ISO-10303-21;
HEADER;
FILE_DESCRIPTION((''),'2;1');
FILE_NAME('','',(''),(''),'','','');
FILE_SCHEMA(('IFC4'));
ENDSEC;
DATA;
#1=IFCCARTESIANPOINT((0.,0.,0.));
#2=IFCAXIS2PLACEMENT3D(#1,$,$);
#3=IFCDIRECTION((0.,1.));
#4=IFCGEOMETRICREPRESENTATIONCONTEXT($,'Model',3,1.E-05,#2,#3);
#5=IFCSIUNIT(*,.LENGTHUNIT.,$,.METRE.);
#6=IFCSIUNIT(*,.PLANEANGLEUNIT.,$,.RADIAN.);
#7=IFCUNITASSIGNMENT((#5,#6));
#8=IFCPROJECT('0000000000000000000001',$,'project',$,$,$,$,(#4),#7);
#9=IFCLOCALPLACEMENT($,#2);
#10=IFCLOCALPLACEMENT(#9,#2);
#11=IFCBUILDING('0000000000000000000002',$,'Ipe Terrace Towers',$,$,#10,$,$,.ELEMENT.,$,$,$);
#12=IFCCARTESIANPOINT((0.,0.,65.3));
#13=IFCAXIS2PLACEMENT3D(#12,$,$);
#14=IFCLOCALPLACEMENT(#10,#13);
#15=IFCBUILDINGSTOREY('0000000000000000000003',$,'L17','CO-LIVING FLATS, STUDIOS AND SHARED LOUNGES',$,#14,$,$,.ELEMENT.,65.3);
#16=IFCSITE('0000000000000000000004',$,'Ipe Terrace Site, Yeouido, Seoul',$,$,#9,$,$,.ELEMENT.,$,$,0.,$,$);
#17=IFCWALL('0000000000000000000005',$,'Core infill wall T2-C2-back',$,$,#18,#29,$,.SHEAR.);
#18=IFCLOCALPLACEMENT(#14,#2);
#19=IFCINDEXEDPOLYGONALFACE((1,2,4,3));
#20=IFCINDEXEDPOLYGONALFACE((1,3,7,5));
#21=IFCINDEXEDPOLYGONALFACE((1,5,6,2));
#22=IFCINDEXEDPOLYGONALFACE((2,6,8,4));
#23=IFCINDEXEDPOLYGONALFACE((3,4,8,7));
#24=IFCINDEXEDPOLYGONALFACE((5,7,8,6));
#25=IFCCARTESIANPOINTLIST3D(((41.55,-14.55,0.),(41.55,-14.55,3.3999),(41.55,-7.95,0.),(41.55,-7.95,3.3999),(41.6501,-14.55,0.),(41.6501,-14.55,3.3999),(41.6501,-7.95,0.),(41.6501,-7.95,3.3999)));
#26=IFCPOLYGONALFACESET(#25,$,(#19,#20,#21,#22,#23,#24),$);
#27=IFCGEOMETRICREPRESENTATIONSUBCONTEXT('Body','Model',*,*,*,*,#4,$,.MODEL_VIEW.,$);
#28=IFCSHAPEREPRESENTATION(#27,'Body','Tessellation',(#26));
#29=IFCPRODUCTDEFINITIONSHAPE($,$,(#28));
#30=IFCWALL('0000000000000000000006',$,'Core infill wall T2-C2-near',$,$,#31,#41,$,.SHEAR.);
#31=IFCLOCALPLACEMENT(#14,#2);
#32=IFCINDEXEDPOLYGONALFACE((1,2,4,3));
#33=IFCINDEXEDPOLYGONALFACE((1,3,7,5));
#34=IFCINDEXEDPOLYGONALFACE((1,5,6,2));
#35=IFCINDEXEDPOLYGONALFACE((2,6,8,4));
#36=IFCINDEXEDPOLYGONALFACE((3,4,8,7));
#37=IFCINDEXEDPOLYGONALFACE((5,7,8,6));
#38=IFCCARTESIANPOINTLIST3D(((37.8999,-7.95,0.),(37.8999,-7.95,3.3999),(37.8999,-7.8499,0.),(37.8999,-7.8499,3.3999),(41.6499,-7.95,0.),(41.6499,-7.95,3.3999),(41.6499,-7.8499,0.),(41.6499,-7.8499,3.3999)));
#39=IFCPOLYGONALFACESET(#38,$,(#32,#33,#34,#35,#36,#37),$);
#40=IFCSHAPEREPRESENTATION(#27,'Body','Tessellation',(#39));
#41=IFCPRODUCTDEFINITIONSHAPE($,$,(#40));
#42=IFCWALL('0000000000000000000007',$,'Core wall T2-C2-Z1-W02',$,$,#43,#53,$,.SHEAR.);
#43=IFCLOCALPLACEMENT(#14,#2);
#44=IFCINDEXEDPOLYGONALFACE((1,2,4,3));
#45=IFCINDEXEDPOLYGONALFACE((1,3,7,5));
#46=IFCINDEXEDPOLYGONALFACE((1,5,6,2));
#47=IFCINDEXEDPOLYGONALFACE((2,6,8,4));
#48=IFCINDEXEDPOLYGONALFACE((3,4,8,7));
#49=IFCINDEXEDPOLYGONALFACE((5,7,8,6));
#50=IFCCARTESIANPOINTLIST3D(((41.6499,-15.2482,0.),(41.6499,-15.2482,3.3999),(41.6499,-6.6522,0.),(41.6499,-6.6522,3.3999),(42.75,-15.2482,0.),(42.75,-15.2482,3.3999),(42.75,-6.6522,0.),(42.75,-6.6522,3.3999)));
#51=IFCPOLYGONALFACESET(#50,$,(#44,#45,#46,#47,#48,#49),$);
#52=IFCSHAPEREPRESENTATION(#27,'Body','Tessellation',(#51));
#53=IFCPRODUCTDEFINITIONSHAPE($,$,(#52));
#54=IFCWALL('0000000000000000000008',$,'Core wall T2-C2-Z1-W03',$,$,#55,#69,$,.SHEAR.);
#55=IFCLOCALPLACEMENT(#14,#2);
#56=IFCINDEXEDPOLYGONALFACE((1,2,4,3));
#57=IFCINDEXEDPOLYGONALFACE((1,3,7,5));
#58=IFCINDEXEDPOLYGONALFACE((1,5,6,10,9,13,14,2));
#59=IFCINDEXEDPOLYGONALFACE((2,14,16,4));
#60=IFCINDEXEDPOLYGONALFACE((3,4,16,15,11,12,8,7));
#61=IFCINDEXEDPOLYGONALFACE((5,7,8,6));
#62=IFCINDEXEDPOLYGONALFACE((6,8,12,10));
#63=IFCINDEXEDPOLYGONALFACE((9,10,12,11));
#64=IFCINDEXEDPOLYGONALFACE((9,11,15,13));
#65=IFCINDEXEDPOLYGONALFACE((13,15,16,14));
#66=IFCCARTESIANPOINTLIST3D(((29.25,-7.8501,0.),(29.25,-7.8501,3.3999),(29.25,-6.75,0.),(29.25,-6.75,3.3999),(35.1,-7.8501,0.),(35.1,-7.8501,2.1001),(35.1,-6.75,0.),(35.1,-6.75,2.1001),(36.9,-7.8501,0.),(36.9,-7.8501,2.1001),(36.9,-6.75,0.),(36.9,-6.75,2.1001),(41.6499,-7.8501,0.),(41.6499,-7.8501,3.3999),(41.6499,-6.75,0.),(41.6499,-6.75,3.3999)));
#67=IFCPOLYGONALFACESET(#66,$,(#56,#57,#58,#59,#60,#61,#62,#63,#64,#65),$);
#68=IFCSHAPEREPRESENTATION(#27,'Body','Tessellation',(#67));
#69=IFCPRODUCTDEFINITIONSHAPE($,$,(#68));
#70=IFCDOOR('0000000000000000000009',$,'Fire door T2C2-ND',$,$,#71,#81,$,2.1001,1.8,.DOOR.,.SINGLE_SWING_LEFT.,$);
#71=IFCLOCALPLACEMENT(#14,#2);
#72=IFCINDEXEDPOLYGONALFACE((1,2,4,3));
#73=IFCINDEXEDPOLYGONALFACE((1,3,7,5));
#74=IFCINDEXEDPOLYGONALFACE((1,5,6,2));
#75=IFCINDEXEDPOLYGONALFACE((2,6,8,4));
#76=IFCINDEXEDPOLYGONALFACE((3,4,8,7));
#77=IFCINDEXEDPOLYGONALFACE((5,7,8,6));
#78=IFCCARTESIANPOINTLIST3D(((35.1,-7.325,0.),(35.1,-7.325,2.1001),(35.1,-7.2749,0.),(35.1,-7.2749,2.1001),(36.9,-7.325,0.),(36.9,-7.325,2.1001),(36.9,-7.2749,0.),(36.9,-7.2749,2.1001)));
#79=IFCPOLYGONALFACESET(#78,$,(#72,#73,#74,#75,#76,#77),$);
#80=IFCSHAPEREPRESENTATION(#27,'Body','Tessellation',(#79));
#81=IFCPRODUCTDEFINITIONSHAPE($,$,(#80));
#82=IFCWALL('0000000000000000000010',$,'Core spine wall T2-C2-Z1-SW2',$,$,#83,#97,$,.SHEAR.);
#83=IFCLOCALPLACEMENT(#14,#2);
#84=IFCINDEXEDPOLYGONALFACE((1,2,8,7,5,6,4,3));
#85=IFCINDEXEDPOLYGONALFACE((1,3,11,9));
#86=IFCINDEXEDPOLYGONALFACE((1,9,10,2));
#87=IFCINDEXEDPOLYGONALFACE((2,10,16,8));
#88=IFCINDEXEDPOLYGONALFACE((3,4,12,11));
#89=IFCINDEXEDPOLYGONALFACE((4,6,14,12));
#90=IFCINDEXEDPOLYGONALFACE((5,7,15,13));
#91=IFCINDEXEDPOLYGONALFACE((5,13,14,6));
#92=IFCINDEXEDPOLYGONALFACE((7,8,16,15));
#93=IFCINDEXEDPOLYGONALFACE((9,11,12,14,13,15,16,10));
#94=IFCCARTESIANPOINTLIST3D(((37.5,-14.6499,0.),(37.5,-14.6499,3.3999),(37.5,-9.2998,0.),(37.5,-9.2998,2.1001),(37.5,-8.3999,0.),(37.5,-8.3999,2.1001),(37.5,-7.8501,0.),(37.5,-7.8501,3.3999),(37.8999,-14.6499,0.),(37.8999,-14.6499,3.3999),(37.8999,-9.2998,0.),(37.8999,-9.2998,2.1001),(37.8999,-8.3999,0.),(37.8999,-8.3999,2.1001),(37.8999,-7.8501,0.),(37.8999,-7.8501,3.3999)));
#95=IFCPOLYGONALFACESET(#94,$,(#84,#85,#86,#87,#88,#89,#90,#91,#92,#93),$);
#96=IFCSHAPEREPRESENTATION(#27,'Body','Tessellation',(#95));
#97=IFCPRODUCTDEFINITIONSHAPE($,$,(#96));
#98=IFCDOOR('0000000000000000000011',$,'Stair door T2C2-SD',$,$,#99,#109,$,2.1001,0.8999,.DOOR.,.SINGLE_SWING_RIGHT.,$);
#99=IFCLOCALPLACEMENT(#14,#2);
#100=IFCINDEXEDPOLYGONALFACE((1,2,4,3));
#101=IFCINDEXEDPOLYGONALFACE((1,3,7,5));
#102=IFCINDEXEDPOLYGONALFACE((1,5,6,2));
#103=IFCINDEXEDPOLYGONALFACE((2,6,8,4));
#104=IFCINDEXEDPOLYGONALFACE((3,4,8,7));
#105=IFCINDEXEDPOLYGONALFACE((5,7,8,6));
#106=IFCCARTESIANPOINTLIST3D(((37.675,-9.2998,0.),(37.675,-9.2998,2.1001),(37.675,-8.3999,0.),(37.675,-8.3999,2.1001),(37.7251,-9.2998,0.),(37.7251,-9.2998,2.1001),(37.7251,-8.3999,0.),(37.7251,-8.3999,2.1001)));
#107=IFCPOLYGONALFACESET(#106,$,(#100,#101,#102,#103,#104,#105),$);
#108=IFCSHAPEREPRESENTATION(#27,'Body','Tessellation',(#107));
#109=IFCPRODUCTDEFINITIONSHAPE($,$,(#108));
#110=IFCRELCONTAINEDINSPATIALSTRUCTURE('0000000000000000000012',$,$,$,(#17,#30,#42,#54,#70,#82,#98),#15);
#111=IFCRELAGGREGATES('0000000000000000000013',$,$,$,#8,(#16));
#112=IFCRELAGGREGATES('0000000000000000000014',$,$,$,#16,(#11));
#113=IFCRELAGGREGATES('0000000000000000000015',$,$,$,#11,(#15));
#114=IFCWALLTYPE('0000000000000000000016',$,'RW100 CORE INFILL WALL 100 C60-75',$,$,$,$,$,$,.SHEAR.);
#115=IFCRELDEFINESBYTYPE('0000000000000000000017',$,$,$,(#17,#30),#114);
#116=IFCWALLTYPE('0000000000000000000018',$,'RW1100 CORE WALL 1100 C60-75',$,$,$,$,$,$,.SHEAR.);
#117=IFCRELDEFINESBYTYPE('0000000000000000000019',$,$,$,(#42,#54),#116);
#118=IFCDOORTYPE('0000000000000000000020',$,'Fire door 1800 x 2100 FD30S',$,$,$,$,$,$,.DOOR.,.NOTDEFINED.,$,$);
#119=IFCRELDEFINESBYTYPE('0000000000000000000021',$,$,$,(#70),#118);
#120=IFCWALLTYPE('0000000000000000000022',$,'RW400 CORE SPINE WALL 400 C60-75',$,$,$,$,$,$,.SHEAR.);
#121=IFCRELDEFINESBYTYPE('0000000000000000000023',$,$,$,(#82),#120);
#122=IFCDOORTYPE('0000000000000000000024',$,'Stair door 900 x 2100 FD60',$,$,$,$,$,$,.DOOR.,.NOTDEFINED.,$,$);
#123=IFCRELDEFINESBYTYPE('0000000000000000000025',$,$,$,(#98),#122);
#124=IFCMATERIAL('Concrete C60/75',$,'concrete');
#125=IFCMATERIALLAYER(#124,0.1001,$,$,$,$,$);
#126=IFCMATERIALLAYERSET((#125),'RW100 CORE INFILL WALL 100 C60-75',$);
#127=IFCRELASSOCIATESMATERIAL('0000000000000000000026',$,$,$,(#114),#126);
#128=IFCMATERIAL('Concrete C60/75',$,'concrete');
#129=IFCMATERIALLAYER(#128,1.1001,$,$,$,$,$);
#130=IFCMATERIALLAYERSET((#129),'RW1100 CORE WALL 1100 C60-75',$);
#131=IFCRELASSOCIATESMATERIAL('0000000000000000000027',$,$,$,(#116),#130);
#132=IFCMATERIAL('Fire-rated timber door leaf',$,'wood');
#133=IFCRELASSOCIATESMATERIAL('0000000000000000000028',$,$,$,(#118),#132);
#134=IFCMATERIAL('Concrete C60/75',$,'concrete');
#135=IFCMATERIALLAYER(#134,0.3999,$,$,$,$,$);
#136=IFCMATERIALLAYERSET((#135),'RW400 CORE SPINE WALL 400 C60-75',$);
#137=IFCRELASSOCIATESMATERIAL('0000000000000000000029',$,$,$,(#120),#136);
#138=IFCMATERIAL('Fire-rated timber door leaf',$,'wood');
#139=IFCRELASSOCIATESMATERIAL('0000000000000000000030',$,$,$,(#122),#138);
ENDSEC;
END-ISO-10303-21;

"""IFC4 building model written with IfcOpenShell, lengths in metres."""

from ifc_helpers import new_model, si_unit, direction, frame, frame_2d, origin, place, context, subcontext, project, spatial, rectangle, extrude, material, layer, layer_set, type_object, element, fill, save


model = new_model("IFC4")

# Units and contexts
model_context = context("Model", 3, precision=1e-05, world=origin(), true_north=direction((0.0, 1.0)))
body_context = subcontext(model_context, "Body", "Model", "MODEL_VIEW")
ifc_project = project(units=[si_unit("LENGTHUNIT", "METRE"), si_unit("PLANEANGLEUNIT", "RADIAN")], contexts=[model_context])

# Site, building, storey
site_placement = place(None, origin())
site = spatial("IfcSite", under=ifc_project, at=site_placement, Name="Ipe Terrace Site, Yeouido, Seoul", CompositionType="ELEMENT", RefElevation=0.0)
building_placement = place(site_placement, origin())
building = spatial("IfcBuilding", under=site, at=building_placement, Name="Ipe Terrace Towers", CompositionType="ELEMENT")
storey_placement = place(building_placement, frame((0.0, 0.0, 65.3)))
storey = spatial("IfcBuildingStorey", under=building, at=storey_placement, Name="L17", Description="CO-LIVING FLATS, STUDIOS AND SHARED LOUNGES", CompositionType="ELEMENT", Elevation=65.3)

# Walls
ifc_material_1 = material(Name="Concrete C60/75", Category="concrete")
ifc_layer_1 = layer(ifc_material_1, 0.1001)
ifc_layer_set_1 = layer_set([ifc_layer_1], Name="RW100 CORE INFILL WALL 100 C60-75")
wall_type_1 = type_object("IfcWallType", Name="RW100 CORE INFILL WALL 100 C60-75", PredefinedType="SHEAR", material=ifc_layer_set_1)
wall_1_placement = place(storey_placement, frame((41.6001, -7.95, 0.0), z_axis=(0.0, 0.0, 1.0), x_axis=(0.0, -1.0, 0.0)))
element("IfcWall", 1, at=wall_1_placement, inside=storey, type_object=wall_type_1, Name="Core infill wall T2-C2-back", PredefinedType="SHEAR", context=body_context, shape_type="SweptSolid", body=[
    extrude(rectangle(XDim=6.6001, YDim=0.1001, at=frame_2d((3.3, 0.0))), origin(), (0.0, 0.0, 1.0), 3.3999),
])
wall_2_placement = place(storey_placement, frame((37.8999, -7.8999, 0.0), z_axis=(0.0, 0.0, 1.0), x_axis=(1.0, 0.0, 0.0)))
element("IfcWall", 2, at=wall_2_placement, inside=storey, type_object=wall_type_1, Name="Core infill wall T2-C2-near", PredefinedType="SHEAR", context=body_context, shape_type="SweptSolid", body=[
    extrude(rectangle(XDim=3.75, YDim=0.1001, at=frame_2d((1.875, 0.0))), origin(), (0.0, 0.0, 1.0), 3.3999),
])
ifc_material_2 = material(Name="Concrete C60/75", Category="concrete")
ifc_layer_2 = layer(ifc_material_2, 1.1001)
ifc_layer_set_2 = layer_set([ifc_layer_2], Name="RW1100 CORE WALL 1100 C60-75")
wall_type_2 = type_object("IfcWallType", Name="RW1100 CORE WALL 1100 C60-75", PredefinedType="SHEAR", material=ifc_layer_set_2)
wall_3_placement = place(storey_placement, frame((42.2, -15.248, 0.0), z_axis=(0.0, 0.0, 1.0), x_axis=(0.0, 1.0, 0.0)))
element("IfcWall", 3, at=wall_3_placement, inside=storey, type_object=wall_type_2, Name="Core wall T2-C2-Z1-W02", PredefinedType="SHEAR", context=body_context, shape_type="SweptSolid", body=[
    extrude(rectangle(XDim=8.5959, YDim=1.1001, at=frame_2d((4.2979, 0.0))), origin(), (0.0, 0.0, 1.0), 3.3999),
])

# Walls, openings, doors
wall_4_placement = place(storey_placement, frame((41.6499, -7.3, 0.0), z_axis=(0.0, 0.0, 1.0), x_axis=(-1.0, 0.0, 0.0)))
wall_4 = element("IfcWall", 4, at=wall_4_placement, inside=storey, type_object=wall_type_2, Name="Core wall T2-C2-Z1-W03", PredefinedType="SHEAR", context=body_context, shape_type="SweptSolid", body=[
    extrude(rectangle(XDim=12.3999, YDim=1.1001, at=frame_2d((6.2, 0.0))), origin(), (0.0, 0.0, 1.0), 3.3999),
])
opening_1_placement = place(wall_4_placement, frame((4.75, 0.0, 0.0)))
opening_1 = element("IfcOpeningElement", 5, at=opening_1_placement, cuts=wall_4, PredefinedType="OPENING", context=body_context, shape_type="SweptSolid", body=[
    extrude(rectangle(XDim=1.8, YDim=2.1001, at=frame_2d((0.8999, 1.05))), frame((0.0, 0.5601, 0.0), z_axis=(0.0, -1.0, 0.0), x_axis=(1.0, 0.0, 0.0)), (0.0, 0.0, 1.0), 1.1201),
])
ifc_material_3 = material(Name="Fire-rated timber door leaf", Category="wood")
door_type_1 = type_object("IfcDoorType", Name="Fire door 1800 x 2100 FD30S", OperationType="NOTDEFINED", PredefinedType="DOOR", material=ifc_material_3)
door_1_placement = place(opening_1_placement, origin())
door_1 = element("IfcDoor", 6, at=door_1_placement, inside=storey, type_object=door_type_1, Name="Fire door T2C2-ND", OperationType="SINGLE_SWING_LEFT", OverallHeight=2.1001, OverallWidth=1.8, PredefinedType="DOOR", context=body_context, shape_type="SweptSolid", body=[
    extrude(rectangle(XDim=1.8, YDim=2.1001, at=frame_2d((0.8999, 1.05))), frame((0.0, 0.0249, 0.0), z_axis=(0.0, -1.0, 0.0), x_axis=(1.0, 0.0, 0.0)), (0.0, 0.0, 1.0), 0.05),
])
fill(opening_1, door_1)
ifc_material_4 = material(Name="Concrete C60/75", Category="concrete")
ifc_layer_3 = layer(ifc_material_4, 0.3999)
ifc_layer_set_3 = layer_set([ifc_layer_3], Name="RW400 CORE SPINE WALL 400 C60-75")
wall_type_3 = type_object("IfcWallType", Name="RW400 CORE SPINE WALL 400 C60-75", PredefinedType="SHEAR", material=ifc_layer_set_3)
wall_5_placement = place(storey_placement, frame((37.7, -14.6499, 0.0), z_axis=(0.0, 0.0, 1.0), x_axis=(0.0, 1.0, 0.0)))
wall_5 = element("IfcWall", 7, at=wall_5_placement, inside=storey, type_object=wall_type_3, Name="Core spine wall T2-C2-Z1-SW2", PredefinedType="SHEAR", context=body_context, shape_type="SweptSolid", body=[
    extrude(rectangle(XDim=6.7998, YDim=0.3999, at=frame_2d((3.3999, 0.0))), origin(), (0.0, 0.0, 1.0), 3.3999),
])
opening_2_placement = place(wall_5_placement, frame((5.3501, 0.0, 0.0)))
opening_2 = element("IfcOpeningElement", 8, at=opening_2_placement, cuts=wall_5, PredefinedType="OPENING", context=body_context, shape_type="SweptSolid", body=[
    extrude(rectangle(XDim=0.8999, YDim=2.1001, at=frame_2d((0.45, 1.05))), frame((0.0, 0.21, 0.0), z_axis=(0.0, -1.0, 0.0), x_axis=(1.0, 0.0, 0.0)), (0.0, 0.0, 1.0), 0.4199),
])
ifc_material_5 = material(Name="Fire-rated timber door leaf", Category="wood")
door_type_2 = type_object("IfcDoorType", Name="Stair door 900 x 2100 FD60", OperationType="NOTDEFINED", PredefinedType="DOOR", material=ifc_material_5)
door_2_placement = place(opening_2_placement, origin())
door_2 = element("IfcDoor", 9, at=door_2_placement, inside=storey, type_object=door_type_2, Name="Stair door T2C2-SD", OperationType="SINGLE_SWING_RIGHT", OverallHeight=2.1001, OverallWidth=0.8999, PredefinedType="DOOR", context=body_context, shape_type="SweptSolid", body=[
    extrude(rectangle(XDim=0.8999, YDim=2.1001, at=frame_2d((0.45, 1.05))), frame((0.0, 0.0249, 0.0), z_axis=(0.0, -1.0, 0.0), x_axis=(1.0, 0.0, 0.0)), (0.0, 0.0, 1.0), 0.05),
])
fill(opening_2, door_2)

save(model, "model.ifc")
